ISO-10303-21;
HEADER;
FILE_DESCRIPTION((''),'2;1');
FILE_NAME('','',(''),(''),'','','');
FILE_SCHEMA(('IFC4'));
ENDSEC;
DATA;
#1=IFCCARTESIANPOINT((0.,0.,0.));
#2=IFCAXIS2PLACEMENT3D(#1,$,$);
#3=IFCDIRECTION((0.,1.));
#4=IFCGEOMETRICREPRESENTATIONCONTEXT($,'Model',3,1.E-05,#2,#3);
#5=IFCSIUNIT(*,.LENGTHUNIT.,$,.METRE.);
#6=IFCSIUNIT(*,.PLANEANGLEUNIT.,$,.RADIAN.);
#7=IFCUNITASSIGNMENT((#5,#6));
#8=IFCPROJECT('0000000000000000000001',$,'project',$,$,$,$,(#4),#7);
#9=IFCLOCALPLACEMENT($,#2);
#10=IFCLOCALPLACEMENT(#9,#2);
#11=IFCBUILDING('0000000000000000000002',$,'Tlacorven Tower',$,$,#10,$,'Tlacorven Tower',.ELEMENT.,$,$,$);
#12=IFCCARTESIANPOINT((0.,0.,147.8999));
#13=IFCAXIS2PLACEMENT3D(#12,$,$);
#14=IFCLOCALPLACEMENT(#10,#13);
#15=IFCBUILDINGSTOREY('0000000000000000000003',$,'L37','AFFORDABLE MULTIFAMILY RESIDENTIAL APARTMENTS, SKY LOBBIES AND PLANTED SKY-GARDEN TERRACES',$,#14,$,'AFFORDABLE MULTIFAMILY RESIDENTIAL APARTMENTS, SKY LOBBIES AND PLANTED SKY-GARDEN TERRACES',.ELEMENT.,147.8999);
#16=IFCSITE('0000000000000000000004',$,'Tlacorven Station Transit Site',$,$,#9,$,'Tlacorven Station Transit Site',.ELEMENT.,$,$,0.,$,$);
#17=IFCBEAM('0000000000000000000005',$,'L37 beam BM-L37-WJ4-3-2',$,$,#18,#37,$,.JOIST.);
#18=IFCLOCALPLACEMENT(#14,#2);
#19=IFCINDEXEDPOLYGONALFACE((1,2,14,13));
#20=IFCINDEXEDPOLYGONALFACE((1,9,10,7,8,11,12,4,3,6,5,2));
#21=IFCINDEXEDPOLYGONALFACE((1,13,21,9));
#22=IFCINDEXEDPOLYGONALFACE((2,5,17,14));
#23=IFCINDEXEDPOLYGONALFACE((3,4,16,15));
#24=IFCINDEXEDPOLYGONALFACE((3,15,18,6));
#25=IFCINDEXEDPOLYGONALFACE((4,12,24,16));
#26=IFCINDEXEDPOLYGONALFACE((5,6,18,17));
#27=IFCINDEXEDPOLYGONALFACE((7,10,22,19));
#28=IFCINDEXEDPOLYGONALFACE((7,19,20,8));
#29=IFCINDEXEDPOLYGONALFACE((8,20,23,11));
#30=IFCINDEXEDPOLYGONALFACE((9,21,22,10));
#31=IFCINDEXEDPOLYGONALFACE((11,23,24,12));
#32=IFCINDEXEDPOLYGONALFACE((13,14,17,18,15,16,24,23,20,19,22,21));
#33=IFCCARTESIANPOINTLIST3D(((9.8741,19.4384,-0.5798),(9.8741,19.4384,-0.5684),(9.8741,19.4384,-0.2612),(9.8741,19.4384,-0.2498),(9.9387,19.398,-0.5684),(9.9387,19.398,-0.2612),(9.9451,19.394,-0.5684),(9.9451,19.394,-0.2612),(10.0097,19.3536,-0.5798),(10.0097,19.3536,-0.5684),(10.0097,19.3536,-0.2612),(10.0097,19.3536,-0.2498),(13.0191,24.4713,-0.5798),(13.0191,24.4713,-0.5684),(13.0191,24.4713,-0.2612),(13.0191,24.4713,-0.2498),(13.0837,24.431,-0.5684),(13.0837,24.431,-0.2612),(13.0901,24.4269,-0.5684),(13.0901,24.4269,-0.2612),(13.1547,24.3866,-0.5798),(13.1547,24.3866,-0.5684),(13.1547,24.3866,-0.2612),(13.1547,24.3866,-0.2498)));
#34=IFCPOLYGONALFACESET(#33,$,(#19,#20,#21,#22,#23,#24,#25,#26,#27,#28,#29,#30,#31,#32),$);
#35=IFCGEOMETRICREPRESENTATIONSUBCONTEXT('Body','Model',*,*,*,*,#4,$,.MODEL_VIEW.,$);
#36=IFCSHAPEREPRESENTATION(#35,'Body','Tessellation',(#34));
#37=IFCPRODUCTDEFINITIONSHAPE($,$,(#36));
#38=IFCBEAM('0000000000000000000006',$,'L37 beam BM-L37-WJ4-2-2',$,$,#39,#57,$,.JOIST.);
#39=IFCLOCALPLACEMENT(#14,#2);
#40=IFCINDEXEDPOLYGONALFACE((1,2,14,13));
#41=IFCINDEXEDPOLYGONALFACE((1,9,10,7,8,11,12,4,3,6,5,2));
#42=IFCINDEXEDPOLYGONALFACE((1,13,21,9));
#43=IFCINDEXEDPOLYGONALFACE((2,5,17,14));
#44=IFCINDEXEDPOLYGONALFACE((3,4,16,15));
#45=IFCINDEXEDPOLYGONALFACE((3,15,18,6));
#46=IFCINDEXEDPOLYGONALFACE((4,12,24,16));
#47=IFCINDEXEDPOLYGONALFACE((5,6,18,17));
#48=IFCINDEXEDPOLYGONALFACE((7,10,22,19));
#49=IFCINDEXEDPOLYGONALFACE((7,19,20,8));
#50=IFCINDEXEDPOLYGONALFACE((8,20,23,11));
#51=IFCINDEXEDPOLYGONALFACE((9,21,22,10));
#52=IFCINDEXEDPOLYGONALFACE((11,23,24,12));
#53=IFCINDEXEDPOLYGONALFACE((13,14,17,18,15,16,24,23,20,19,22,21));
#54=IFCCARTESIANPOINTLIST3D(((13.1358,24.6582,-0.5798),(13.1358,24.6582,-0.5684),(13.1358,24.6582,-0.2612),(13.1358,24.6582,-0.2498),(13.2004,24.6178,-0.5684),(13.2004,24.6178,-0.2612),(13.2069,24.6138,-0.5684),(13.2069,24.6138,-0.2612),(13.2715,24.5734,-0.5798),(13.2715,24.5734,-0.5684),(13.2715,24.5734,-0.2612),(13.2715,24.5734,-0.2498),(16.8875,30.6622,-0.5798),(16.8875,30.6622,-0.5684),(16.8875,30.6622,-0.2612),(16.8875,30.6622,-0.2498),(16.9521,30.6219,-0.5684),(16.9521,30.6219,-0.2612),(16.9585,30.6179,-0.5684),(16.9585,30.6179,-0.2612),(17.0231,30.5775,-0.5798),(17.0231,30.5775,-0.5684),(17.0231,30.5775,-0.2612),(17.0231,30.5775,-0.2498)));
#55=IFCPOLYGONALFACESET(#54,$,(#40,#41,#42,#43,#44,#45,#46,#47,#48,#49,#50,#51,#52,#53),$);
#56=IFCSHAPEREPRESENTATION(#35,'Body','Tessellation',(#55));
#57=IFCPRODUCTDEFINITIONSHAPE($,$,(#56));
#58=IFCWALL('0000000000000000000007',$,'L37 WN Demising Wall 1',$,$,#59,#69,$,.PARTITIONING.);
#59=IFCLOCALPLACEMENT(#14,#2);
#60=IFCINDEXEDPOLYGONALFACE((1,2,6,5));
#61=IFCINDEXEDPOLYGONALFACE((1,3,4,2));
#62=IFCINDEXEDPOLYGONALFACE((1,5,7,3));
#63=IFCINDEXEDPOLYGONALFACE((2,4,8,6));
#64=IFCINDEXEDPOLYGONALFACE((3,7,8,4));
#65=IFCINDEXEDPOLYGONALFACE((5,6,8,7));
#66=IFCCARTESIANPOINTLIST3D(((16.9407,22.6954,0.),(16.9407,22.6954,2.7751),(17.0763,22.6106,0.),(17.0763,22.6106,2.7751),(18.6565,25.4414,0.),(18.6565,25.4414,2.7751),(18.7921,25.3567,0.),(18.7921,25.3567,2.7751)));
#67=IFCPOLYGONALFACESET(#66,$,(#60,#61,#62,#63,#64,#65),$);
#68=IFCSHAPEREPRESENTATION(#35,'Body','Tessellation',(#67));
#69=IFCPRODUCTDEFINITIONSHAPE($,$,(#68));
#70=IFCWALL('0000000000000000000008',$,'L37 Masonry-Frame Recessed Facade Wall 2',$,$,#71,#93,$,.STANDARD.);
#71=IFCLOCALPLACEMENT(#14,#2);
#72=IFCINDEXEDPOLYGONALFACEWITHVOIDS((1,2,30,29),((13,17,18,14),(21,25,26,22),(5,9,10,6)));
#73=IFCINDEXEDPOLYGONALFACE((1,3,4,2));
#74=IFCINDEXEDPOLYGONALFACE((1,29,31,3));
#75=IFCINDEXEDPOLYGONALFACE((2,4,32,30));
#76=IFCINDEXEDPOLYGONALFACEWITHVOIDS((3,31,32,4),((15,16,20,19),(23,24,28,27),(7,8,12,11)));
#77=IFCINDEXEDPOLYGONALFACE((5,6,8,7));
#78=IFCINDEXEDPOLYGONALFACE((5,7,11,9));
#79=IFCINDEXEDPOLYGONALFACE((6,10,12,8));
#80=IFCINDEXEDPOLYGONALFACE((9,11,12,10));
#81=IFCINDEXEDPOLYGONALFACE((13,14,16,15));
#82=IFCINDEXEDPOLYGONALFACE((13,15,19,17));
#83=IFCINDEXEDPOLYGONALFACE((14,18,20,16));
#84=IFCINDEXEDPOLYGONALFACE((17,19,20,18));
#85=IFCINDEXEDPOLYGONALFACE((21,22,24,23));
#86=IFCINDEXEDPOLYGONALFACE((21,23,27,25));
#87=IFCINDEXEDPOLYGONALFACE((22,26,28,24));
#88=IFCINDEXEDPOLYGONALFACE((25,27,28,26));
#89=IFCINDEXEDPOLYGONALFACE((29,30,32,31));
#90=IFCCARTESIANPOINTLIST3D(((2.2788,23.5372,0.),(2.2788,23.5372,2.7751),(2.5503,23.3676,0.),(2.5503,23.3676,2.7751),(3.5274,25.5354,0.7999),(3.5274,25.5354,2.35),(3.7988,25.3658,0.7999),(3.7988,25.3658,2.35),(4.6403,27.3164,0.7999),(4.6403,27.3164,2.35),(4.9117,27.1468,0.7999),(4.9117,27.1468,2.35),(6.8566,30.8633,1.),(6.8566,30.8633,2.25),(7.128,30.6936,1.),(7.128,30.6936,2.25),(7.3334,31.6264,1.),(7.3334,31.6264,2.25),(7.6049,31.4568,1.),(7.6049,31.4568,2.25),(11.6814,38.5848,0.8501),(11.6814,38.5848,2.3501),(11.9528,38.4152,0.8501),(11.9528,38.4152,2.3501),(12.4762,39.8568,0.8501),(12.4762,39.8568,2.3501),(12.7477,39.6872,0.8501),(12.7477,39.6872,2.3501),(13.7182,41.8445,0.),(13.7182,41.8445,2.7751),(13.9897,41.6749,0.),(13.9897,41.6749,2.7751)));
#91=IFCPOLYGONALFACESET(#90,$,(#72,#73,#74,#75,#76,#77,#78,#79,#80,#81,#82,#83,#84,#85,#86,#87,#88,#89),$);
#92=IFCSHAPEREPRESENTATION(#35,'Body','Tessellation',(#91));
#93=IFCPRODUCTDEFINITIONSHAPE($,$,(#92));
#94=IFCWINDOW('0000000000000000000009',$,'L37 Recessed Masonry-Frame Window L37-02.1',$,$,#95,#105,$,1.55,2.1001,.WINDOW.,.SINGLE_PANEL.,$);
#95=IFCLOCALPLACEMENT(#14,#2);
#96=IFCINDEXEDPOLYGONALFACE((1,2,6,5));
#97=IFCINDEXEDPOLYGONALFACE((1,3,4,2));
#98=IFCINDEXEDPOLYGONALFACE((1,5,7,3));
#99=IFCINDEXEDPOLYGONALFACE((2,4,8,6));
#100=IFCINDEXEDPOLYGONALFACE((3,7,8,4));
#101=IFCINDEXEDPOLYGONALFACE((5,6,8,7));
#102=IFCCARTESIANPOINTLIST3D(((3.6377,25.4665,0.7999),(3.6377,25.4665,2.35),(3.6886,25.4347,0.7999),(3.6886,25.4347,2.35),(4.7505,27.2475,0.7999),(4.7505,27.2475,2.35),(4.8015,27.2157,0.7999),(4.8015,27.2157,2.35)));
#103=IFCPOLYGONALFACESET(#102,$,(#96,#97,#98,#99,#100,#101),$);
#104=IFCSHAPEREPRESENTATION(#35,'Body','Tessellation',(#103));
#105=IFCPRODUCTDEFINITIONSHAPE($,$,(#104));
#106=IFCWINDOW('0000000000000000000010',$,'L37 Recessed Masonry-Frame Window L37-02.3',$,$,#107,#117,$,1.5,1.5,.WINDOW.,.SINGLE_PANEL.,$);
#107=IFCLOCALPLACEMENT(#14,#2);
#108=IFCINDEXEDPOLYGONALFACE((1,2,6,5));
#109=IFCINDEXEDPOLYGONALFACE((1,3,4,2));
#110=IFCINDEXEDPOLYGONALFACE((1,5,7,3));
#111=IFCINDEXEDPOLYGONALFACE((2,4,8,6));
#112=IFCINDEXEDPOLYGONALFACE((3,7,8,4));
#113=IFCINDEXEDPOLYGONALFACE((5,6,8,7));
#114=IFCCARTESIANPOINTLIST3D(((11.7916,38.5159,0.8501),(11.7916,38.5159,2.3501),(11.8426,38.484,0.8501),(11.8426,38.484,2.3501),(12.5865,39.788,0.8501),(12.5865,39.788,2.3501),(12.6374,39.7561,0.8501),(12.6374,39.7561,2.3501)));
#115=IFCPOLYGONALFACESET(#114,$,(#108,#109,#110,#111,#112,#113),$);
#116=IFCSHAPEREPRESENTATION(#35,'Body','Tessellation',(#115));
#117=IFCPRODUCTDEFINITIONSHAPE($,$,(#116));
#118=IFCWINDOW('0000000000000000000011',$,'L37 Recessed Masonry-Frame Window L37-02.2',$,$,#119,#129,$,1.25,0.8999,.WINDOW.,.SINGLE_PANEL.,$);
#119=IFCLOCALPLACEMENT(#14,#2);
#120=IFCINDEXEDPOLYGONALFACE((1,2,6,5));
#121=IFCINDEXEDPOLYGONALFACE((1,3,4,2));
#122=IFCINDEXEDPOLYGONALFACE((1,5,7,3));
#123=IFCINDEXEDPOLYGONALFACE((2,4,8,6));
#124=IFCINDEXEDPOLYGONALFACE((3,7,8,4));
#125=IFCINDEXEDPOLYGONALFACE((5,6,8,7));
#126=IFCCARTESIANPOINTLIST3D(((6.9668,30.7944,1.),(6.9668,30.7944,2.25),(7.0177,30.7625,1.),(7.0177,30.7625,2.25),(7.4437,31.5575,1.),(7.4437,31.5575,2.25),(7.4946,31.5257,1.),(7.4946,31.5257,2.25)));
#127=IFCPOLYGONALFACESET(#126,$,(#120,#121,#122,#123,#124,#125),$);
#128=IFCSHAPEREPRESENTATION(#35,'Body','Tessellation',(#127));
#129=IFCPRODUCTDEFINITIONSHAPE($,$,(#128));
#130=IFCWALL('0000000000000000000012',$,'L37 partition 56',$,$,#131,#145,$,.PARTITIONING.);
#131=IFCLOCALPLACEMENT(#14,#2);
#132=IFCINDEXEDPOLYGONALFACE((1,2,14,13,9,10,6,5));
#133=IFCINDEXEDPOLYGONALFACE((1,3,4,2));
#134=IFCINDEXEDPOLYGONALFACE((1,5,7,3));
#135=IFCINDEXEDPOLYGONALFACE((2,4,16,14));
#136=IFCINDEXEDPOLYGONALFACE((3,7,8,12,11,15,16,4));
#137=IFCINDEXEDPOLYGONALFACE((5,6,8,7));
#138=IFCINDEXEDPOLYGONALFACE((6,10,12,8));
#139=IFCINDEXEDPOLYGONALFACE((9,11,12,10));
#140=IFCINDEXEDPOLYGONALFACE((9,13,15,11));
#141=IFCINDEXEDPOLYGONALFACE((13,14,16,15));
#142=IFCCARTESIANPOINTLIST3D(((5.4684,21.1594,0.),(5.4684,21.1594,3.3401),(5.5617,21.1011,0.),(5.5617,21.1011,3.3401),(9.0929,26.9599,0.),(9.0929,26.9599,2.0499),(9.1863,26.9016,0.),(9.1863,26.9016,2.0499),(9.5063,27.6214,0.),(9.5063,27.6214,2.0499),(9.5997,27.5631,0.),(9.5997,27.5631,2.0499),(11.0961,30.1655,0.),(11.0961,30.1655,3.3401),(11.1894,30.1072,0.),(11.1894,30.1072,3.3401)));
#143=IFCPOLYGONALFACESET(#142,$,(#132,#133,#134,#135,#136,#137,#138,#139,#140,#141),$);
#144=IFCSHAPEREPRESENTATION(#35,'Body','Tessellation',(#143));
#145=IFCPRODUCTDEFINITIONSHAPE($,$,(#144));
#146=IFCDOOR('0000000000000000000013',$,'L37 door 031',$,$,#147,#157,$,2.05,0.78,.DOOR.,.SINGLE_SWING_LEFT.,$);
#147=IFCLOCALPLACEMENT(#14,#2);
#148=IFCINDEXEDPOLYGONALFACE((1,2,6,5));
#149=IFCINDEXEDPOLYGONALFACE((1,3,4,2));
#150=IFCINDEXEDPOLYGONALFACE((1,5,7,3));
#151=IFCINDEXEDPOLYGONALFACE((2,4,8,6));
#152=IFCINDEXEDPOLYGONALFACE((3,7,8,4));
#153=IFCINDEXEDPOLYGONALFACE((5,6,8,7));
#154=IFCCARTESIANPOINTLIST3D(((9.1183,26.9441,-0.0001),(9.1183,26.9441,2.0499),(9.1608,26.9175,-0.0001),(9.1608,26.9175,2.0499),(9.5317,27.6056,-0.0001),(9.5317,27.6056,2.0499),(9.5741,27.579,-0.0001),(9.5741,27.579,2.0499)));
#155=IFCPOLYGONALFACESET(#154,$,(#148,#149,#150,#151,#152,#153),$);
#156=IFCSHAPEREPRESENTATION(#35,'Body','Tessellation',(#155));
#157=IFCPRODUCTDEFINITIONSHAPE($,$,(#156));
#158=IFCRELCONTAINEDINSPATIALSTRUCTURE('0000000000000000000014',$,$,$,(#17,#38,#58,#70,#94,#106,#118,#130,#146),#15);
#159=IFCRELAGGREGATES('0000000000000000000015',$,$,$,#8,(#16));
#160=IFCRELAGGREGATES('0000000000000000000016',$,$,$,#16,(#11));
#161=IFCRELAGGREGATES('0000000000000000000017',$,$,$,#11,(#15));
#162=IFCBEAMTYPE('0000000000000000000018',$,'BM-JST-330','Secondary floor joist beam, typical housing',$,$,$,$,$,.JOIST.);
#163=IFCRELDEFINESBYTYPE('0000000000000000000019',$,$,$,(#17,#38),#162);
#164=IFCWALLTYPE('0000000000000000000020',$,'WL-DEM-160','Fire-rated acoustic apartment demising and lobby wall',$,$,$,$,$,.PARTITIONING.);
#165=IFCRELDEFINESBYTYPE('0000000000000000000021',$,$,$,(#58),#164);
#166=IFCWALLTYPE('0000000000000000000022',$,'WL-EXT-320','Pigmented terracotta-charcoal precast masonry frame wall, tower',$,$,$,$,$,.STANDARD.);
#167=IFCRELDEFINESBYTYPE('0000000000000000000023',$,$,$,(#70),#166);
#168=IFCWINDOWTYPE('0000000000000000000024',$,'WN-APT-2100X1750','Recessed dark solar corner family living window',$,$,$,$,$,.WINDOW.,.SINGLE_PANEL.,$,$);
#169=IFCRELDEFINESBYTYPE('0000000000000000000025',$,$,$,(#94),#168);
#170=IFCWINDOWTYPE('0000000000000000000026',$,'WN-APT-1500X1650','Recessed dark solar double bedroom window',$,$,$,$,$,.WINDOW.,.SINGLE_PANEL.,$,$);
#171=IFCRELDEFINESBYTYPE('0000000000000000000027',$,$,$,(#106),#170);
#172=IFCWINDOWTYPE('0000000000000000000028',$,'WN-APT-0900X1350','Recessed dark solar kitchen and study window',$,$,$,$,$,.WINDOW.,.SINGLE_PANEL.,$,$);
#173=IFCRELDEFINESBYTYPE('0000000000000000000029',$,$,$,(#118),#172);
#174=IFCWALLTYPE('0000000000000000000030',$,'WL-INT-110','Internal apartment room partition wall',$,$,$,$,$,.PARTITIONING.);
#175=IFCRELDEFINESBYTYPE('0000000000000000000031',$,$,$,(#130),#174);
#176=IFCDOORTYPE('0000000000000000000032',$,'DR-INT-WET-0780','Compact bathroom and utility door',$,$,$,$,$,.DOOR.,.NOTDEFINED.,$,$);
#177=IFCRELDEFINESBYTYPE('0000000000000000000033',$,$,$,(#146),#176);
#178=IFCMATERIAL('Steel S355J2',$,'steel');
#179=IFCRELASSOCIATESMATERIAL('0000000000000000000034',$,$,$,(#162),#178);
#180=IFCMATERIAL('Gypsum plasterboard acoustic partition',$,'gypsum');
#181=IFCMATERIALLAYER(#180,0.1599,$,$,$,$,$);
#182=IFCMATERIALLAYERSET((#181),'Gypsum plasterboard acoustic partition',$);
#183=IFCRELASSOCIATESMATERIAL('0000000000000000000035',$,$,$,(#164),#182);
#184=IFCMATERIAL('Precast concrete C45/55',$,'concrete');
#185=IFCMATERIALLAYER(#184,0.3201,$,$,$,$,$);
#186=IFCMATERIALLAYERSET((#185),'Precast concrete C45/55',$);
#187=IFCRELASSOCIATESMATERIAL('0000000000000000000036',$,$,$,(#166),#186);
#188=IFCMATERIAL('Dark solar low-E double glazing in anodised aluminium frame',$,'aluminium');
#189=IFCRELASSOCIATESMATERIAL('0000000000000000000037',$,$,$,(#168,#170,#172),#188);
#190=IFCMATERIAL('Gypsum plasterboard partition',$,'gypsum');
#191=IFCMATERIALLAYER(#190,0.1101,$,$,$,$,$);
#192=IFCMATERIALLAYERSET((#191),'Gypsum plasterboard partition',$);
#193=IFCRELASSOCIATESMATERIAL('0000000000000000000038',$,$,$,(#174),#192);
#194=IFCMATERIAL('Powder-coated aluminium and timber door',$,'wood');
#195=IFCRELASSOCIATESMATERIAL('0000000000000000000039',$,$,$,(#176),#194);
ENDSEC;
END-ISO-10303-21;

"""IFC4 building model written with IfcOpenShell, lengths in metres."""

from ifc_helpers import new_model, si_unit, direction, frame, frame_2d, origin, origin_2d, place, context, subcontext, project, spatial, rectangle, i_section, extrude, source, transform, mapped, material, layer, layer_set, material_profile, profile_set, type_object, element, fill, save


model = new_model("IFC4")

# Units and contexts
model_context = context("Model", 3, precision=1e-05, world=origin(), true_north=direction((0.0, 1.0)))
body_context = subcontext(model_context, "Body", "Model", "MODEL_VIEW")
ifc_project = project(units=[si_unit("LENGTHUNIT", "METRE"), si_unit("PLANEANGLEUNIT", "RADIAN")], contexts=[model_context])

# Site, building, storey
site_placement = place(None, origin())
site = spatial("IfcSite", under=ifc_project, at=site_placement, Name="Tlacorven Station Transit Site", LongName="Tlacorven Station Transit Site", CompositionType="ELEMENT", RefElevation=0.0)
building_placement = place(site_placement, origin())
building = spatial("IfcBuilding", under=site, at=building_placement, Name="Tlacorven Tower", LongName="Tlacorven Tower", CompositionType="ELEMENT")
storey_placement = place(building_placement, frame((0.0, 0.0, 147.8999)))
storey = spatial("IfcBuildingStorey", under=building, at=storey_placement, Name="L37", Description="AFFORDABLE MULTIFAMILY RESIDENTIAL APARTMENTS, SKY LOBBIES AND PLANTED SKY-GARDEN TERRACES", LongName="AFFORDABLE MULTIFAMILY RESIDENTIAL APARTMENTS, SKY LOBBIES AND PLANTED SKY-GARDEN TERRACES", CompositionType="ELEMENT", Elevation=147.8999)

# Beams
ifc_material_1 = material(Name="Steel S355J2", Category="steel")
ifc_material_profile_1 = material_profile(ifc_material_1, i_section(OverallWidth=0.1599, OverallDepth=0.3301, WebThickness=0.0076, FlangeThickness=0.0115, at=origin_2d()), Name="IPE 330")
ifc_profile_set_1 = profile_set([ifc_material_profile_1], Name="Steel S355J2")
beam_type_1 = type_object("IfcBeamType", Name="BM-JST-330", Description="Secondary floor joist beam, typical housing", PredefinedType="JOIST", material=ifc_profile_set_1)
shared_shape_1 = source(origin(), body_context, "Body", "SweptSolid", [
    extrude(i_section(OverallWidth=0.1599, OverallDepth=0.3301, WebThickness=0.0076, FlangeThickness=0.0115, at=origin_2d()), origin(), (0.0, 0.0, 1.0), 5.9348),
])
beam_1_placement = place(storey_placement, frame((13.0869, 24.429, -0.4148), z_axis=(-0.529929, -0.848042, 0.0), x_axis=(0.848042, -0.529929, 0.0)))
element("IfcBeam", 1, at=beam_1_placement, inside=storey, type_object=beam_type_1, Name="L37 beam BM-L37-WJ4-3-2", PredefinedType="JOIST", context=body_context, shape_type="MappedRepresentation", body=[
    mapped(shared_shape_1, transform((0.0, 0.0, 0.0), scale=1.0)),
])
shared_shape_2 = source(origin(), body_context, "Body", "SweptSolid", [
    extrude(i_section(OverallWidth=0.1599, OverallDepth=0.3301, WebThickness=0.0076, FlangeThickness=0.0115, at=origin_2d()), origin(), (0.0, 0.0, 1.0), 7.0798),
])
beam_2_placement = place(storey_placement, frame((16.9553, 30.6199, -0.4148), z_axis=(-0.529909, -0.848054, 0.0), x_axis=(0.848054, -0.529909, 0.0)))
element("IfcBeam", 2, at=beam_2_placement, inside=storey, type_object=beam_type_1, Name="L37 beam BM-L37-WJ4-2-2", PredefinedType="JOIST", context=body_context, shape_type="MappedRepresentation", body=[
    mapped(shared_shape_2, transform((0.0, 0.0, 0.0), scale=1.0)),
])

# Wall
ifc_material_2 = material(Name="Gypsum plasterboard acoustic partition", Category="gypsum")
ifc_layer_1 = layer(ifc_material_2, 0.1599)
ifc_layer_set_1 = layer_set([ifc_layer_1], Name="Gypsum plasterboard acoustic partition")
wall_type_1 = type_object("IfcWallType", Name="WL-DEM-160", Description="Fire-rated acoustic apartment demising and lobby wall", PredefinedType="PARTITIONING", material=ifc_layer_set_1)
wall_1_placement = place(storey_placement, frame((18.7244, 25.3992, 0.0), z_axis=(0.0, 0.0, 1.0), x_axis=(-0.52989, -0.848066, 0.0)))
element("IfcWall", 3, at=wall_1_placement, inside=storey, type_object=wall_type_1, Name="L37 WN Demising Wall 1", PredefinedType="PARTITIONING", context=body_context, shape_type="SweptSolid", body=[
    extrude(rectangle(XDim=3.238, YDim=0.1599, at=frame_2d((1.6191, 0.0))), origin(), (0.0, 0.0, 1.0), 2.7751),
])

# Wall, openings, windows
ifc_material_3 = material(Name="Precast concrete C45/55", Category="concrete")
ifc_layer_2 = layer(ifc_material_3, 0.3201)
ifc_layer_set_2 = layer_set([ifc_layer_2], Name="Precast concrete C45/55")
wall_type_2 = type_object("IfcWallType", Name="WL-EXT-320", Description="Pigmented terracotta-charcoal precast masonry frame wall, tower", PredefinedType="STANDARD", material=ifc_layer_set_2)
wall_2_placement = place(storey_placement, frame((2.4146, 23.4524, 0.0), z_axis=(0.0, 0.0, 1.0), x_axis=(0.52991, 0.848054, 0.0)))
wall_2 = element("IfcWall", 4, at=wall_2_placement, inside=storey, type_object=wall_type_2, Name="L37 Masonry-Frame Recessed Facade Wall 2", PredefinedType="STANDARD", context=body_context, shape_type="SweptSolid", body=[
    extrude(rectangle(XDim=21.5874, YDim=0.3201, at=frame_2d((10.7937, 0.0))), origin(), (0.0, 0.0, 1.0), 2.7751),
])
opening_1_placement = place(wall_2_placement, frame((2.3562, 0.0, 0.8)))
opening_1 = element("IfcOpeningElement", 5, at=opening_1_placement, cuts=wall_2, PredefinedType="OPENING", context=body_context, shape_type="SweptSolid", body=[
    extrude(rectangle(XDim=2.1001, YDim=1.55, at=frame_2d((1.05, 0.7749))), frame((0.0, 0.1699, 0.0), z_axis=(0.0, -1.0, 0.0), x_axis=(1.0, 0.0, 0.0)), (0.0, 0.0, 1.0), 0.3401),
])
opening_2_placement = place(wall_2_placement, frame((8.6387, 0.0, 1.0)))
opening_2 = element("IfcOpeningElement", 6, at=opening_2_placement, cuts=wall_2, PredefinedType="OPENING", context=body_context, shape_type="SweptSolid", body=[
    extrude(rectangle(XDim=0.8999, YDim=1.25, at=frame_2d((0.45, 0.625))), frame((0.0, 0.1699, 0.0), z_axis=(0.0, -1.0, 0.0), x_axis=(1.0, 0.0, 0.0)), (0.0, 0.0, 1.0), 0.3401),
])
opening_3_placement = place(wall_2_placement, frame((17.7437, 0.0, 0.8501)))
opening_3 = element("IfcOpeningElement", 7, at=opening_3_placement, cuts=wall_2, PredefinedType="OPENING", context=body_context, shape_type="SweptSolid", body=[
    extrude(rectangle(XDim=1.5, YDim=1.5, at=frame_2d((0.75, 0.75))), frame((0.0, 0.1699, 0.0), z_axis=(0.0, -1.0, 0.0), x_axis=(1.0, 0.0, 0.0)), (0.0, 0.0, 1.0), 0.3401),
])
ifc_material_4 = material(Name="Dark solar low-E double glazing in anodised aluminium frame", Category="aluminium")
window_type_1 = type_object("IfcWindowType", Name="WN-APT-2100X1750", Description="Recessed dark solar corner family living window", PartitioningType="SINGLE_PANEL", PredefinedType="WINDOW", material=ifc_material_4)
shared_shape_3 = source(origin(), body_context, "Body", "SweptSolid", [
    extrude(rectangle(XDim=2.1001, YDim=1.55, at=frame_2d((1.05, 0.7749))), frame((0.0, 0.03, 0.0), z_axis=(0.0, -1.0, 0.0), x_axis=(1.0, 0.0, 0.0)), (0.0, 0.0, 1.0), 0.0601),
])
window_1_placement = place(opening_1_placement, origin())
window_1 = element("IfcWindow", 8, at=window_1_placement, inside=storey, type_object=window_type_1, Name="L37 Recessed Masonry-Frame Window L37-02.1", OverallHeight=1.55, OverallWidth=2.1001, PartitioningType="SINGLE_PANEL", PredefinedType="WINDOW", context=body_context, shape_type="MappedRepresentation", body=[
    mapped(shared_shape_3, transform((0.0, 0.0, 0.0), scale=1.0)),
])
fill(opening_1, window_1)
window_type_2 = type_object("IfcWindowType", Name="WN-APT-1500X1650", Description="Recessed dark solar double bedroom window", PartitioningType="SINGLE_PANEL", PredefinedType="WINDOW", material=ifc_material_4)
shared_shape_4 = source(origin(), body_context, "Body", "SweptSolid", [
    extrude(rectangle(XDim=1.5, YDim=1.5, at=frame_2d((0.75, 0.75))), frame((0.0, 0.03, 0.0), z_axis=(0.0, -1.0, 0.0), x_axis=(1.0, 0.0, 0.0)), (0.0, 0.0, 1.0), 0.0601),
])
window_2_placement = place(opening_3_placement, origin())
window_2 = element("IfcWindow", 9, at=window_2_placement, inside=storey, type_object=window_type_2, Name="L37 Recessed Masonry-Frame Window L37-02.3", OverallHeight=1.5, OverallWidth=1.5, PartitioningType="SINGLE_PANEL", PredefinedType="WINDOW", context=body_context, shape_type="MappedRepresentation", body=[
    mapped(shared_shape_4, transform((0.0, 0.0, 0.0), scale=1.0)),
])
fill(opening_3, window_2)
window_type_3 = type_object("IfcWindowType", Name="WN-APT-0900X1350", Description="Recessed dark solar kitchen and study window", PartitioningType="SINGLE_PANEL", PredefinedType="WINDOW", material=ifc_material_4)
shared_shape_5 = source(origin(), body_context, "Body", "SweptSolid", [
    extrude(rectangle(XDim=0.8999, YDim=1.25, at=frame_2d((0.45, 0.625))), frame((0.0, 0.03, 0.0), z_axis=(0.0, -1.0, 0.0), x_axis=(1.0, 0.0, 0.0)), (0.0, 0.0, 1.0), 0.0601),
])
window_3_placement = place(opening_2_placement, origin())
window_3 = element("IfcWindow", 10, at=window_3_placement, inside=storey, type_object=window_type_3, Name="L37 Recessed Masonry-Frame Window L37-02.2", OverallHeight=1.25, OverallWidth=0.8999, PartitioningType="SINGLE_PANEL", PredefinedType="WINDOW", context=body_context, shape_type="MappedRepresentation", body=[
    mapped(shared_shape_5, transform((0.0, 0.0, 0.0), scale=1.0)),
])
fill(opening_2, window_3)

# Wall, opening, door
ifc_material_5 = material(Name="Gypsum plasterboard partition", Category="gypsum")
ifc_layer_3 = layer(ifc_material_5, 0.1101)
ifc_layer_set_3 = layer_set([ifc_layer_3], Name="Gypsum plasterboard partition")
wall_type_3 = type_object("IfcWallType", Name="WL-INT-110", Description="Internal apartment room partition wall", PredefinedType="PARTITIONING", material=ifc_layer_set_3)
wall_3_placement = place(storey_placement, frame((11.1428, 30.1365, 0.0), z_axis=(0.0, 0.0, 1.0), x_axis=(-0.529922, -0.848046, 0.0)))
wall_3 = element("IfcWall", 11, at=wall_3_placement, inside=storey, type_object=wall_type_3, Name="L37 partition 56", PredefinedType="PARTITIONING", context=body_context, shape_type="SweptSolid", body=[
    extrude(rectangle(XDim=10.6199, YDim=0.1101, at=frame_2d((5.3101, 0.0))), origin(), (0.0, 0.0, 1.0), 3.3401),
])
opening_4_placement = place(wall_3_placement, frame((3.0, 0.0, 0.0)))
opening_4 = element("IfcOpeningElement", 12, at=opening_4_placement, cuts=wall_3, PredefinedType="OPENING", context=body_context, shape_type="SweptSolid", body=[
    extrude(rectangle(XDim=0.78, YDim=2.05, at=frame_2d((0.3901, 1.0249))), frame((0.0, 0.0649, 0.0), z_axis=(0.0, -1.0, 0.0), x_axis=(1.0, 0.0, 0.0)), (0.0, 0.0, 1.0), 0.1301),
])
ifc_material_6 = material(Name="Powder-coated aluminium and timber door", Category="wood")
door_type_1 = type_object("IfcDoorType", Name="DR-INT-WET-0780", Description="Compact bathroom and utility door", OperationType="NOTDEFINED", PredefinedType="DOOR", material=ifc_material_6)
shared_shape_6 = source(origin(), body_context, "Body", "SweptSolid", [
    extrude(rectangle(XDim=0.78, YDim=2.05, at=frame_2d((0.3901, 1.0249))), frame((0.0, 0.0249, 0.0), z_axis=(0.0, -1.0, 0.0), x_axis=(1.0, 0.0, 0.0)), (0.0, 0.0, 1.0), 0.05),
])
door_1_placement = place(opening_4_placement, origin())
door_1 = element("IfcDoor", 13, at=door_1_placement, inside=storey, type_object=door_type_1, Name="L37 door 031", OperationType="SINGLE_SWING_LEFT", OverallHeight=2.05, OverallWidth=0.78, PredefinedType="DOOR", context=body_context, shape_type="MappedRepresentation", body=[
    mapped(shared_shape_6, transform((0.0, 0.0, 0.0), scale=1.0)),
])
fill(opening_4, door_1)

save(model, "model.ifc")
